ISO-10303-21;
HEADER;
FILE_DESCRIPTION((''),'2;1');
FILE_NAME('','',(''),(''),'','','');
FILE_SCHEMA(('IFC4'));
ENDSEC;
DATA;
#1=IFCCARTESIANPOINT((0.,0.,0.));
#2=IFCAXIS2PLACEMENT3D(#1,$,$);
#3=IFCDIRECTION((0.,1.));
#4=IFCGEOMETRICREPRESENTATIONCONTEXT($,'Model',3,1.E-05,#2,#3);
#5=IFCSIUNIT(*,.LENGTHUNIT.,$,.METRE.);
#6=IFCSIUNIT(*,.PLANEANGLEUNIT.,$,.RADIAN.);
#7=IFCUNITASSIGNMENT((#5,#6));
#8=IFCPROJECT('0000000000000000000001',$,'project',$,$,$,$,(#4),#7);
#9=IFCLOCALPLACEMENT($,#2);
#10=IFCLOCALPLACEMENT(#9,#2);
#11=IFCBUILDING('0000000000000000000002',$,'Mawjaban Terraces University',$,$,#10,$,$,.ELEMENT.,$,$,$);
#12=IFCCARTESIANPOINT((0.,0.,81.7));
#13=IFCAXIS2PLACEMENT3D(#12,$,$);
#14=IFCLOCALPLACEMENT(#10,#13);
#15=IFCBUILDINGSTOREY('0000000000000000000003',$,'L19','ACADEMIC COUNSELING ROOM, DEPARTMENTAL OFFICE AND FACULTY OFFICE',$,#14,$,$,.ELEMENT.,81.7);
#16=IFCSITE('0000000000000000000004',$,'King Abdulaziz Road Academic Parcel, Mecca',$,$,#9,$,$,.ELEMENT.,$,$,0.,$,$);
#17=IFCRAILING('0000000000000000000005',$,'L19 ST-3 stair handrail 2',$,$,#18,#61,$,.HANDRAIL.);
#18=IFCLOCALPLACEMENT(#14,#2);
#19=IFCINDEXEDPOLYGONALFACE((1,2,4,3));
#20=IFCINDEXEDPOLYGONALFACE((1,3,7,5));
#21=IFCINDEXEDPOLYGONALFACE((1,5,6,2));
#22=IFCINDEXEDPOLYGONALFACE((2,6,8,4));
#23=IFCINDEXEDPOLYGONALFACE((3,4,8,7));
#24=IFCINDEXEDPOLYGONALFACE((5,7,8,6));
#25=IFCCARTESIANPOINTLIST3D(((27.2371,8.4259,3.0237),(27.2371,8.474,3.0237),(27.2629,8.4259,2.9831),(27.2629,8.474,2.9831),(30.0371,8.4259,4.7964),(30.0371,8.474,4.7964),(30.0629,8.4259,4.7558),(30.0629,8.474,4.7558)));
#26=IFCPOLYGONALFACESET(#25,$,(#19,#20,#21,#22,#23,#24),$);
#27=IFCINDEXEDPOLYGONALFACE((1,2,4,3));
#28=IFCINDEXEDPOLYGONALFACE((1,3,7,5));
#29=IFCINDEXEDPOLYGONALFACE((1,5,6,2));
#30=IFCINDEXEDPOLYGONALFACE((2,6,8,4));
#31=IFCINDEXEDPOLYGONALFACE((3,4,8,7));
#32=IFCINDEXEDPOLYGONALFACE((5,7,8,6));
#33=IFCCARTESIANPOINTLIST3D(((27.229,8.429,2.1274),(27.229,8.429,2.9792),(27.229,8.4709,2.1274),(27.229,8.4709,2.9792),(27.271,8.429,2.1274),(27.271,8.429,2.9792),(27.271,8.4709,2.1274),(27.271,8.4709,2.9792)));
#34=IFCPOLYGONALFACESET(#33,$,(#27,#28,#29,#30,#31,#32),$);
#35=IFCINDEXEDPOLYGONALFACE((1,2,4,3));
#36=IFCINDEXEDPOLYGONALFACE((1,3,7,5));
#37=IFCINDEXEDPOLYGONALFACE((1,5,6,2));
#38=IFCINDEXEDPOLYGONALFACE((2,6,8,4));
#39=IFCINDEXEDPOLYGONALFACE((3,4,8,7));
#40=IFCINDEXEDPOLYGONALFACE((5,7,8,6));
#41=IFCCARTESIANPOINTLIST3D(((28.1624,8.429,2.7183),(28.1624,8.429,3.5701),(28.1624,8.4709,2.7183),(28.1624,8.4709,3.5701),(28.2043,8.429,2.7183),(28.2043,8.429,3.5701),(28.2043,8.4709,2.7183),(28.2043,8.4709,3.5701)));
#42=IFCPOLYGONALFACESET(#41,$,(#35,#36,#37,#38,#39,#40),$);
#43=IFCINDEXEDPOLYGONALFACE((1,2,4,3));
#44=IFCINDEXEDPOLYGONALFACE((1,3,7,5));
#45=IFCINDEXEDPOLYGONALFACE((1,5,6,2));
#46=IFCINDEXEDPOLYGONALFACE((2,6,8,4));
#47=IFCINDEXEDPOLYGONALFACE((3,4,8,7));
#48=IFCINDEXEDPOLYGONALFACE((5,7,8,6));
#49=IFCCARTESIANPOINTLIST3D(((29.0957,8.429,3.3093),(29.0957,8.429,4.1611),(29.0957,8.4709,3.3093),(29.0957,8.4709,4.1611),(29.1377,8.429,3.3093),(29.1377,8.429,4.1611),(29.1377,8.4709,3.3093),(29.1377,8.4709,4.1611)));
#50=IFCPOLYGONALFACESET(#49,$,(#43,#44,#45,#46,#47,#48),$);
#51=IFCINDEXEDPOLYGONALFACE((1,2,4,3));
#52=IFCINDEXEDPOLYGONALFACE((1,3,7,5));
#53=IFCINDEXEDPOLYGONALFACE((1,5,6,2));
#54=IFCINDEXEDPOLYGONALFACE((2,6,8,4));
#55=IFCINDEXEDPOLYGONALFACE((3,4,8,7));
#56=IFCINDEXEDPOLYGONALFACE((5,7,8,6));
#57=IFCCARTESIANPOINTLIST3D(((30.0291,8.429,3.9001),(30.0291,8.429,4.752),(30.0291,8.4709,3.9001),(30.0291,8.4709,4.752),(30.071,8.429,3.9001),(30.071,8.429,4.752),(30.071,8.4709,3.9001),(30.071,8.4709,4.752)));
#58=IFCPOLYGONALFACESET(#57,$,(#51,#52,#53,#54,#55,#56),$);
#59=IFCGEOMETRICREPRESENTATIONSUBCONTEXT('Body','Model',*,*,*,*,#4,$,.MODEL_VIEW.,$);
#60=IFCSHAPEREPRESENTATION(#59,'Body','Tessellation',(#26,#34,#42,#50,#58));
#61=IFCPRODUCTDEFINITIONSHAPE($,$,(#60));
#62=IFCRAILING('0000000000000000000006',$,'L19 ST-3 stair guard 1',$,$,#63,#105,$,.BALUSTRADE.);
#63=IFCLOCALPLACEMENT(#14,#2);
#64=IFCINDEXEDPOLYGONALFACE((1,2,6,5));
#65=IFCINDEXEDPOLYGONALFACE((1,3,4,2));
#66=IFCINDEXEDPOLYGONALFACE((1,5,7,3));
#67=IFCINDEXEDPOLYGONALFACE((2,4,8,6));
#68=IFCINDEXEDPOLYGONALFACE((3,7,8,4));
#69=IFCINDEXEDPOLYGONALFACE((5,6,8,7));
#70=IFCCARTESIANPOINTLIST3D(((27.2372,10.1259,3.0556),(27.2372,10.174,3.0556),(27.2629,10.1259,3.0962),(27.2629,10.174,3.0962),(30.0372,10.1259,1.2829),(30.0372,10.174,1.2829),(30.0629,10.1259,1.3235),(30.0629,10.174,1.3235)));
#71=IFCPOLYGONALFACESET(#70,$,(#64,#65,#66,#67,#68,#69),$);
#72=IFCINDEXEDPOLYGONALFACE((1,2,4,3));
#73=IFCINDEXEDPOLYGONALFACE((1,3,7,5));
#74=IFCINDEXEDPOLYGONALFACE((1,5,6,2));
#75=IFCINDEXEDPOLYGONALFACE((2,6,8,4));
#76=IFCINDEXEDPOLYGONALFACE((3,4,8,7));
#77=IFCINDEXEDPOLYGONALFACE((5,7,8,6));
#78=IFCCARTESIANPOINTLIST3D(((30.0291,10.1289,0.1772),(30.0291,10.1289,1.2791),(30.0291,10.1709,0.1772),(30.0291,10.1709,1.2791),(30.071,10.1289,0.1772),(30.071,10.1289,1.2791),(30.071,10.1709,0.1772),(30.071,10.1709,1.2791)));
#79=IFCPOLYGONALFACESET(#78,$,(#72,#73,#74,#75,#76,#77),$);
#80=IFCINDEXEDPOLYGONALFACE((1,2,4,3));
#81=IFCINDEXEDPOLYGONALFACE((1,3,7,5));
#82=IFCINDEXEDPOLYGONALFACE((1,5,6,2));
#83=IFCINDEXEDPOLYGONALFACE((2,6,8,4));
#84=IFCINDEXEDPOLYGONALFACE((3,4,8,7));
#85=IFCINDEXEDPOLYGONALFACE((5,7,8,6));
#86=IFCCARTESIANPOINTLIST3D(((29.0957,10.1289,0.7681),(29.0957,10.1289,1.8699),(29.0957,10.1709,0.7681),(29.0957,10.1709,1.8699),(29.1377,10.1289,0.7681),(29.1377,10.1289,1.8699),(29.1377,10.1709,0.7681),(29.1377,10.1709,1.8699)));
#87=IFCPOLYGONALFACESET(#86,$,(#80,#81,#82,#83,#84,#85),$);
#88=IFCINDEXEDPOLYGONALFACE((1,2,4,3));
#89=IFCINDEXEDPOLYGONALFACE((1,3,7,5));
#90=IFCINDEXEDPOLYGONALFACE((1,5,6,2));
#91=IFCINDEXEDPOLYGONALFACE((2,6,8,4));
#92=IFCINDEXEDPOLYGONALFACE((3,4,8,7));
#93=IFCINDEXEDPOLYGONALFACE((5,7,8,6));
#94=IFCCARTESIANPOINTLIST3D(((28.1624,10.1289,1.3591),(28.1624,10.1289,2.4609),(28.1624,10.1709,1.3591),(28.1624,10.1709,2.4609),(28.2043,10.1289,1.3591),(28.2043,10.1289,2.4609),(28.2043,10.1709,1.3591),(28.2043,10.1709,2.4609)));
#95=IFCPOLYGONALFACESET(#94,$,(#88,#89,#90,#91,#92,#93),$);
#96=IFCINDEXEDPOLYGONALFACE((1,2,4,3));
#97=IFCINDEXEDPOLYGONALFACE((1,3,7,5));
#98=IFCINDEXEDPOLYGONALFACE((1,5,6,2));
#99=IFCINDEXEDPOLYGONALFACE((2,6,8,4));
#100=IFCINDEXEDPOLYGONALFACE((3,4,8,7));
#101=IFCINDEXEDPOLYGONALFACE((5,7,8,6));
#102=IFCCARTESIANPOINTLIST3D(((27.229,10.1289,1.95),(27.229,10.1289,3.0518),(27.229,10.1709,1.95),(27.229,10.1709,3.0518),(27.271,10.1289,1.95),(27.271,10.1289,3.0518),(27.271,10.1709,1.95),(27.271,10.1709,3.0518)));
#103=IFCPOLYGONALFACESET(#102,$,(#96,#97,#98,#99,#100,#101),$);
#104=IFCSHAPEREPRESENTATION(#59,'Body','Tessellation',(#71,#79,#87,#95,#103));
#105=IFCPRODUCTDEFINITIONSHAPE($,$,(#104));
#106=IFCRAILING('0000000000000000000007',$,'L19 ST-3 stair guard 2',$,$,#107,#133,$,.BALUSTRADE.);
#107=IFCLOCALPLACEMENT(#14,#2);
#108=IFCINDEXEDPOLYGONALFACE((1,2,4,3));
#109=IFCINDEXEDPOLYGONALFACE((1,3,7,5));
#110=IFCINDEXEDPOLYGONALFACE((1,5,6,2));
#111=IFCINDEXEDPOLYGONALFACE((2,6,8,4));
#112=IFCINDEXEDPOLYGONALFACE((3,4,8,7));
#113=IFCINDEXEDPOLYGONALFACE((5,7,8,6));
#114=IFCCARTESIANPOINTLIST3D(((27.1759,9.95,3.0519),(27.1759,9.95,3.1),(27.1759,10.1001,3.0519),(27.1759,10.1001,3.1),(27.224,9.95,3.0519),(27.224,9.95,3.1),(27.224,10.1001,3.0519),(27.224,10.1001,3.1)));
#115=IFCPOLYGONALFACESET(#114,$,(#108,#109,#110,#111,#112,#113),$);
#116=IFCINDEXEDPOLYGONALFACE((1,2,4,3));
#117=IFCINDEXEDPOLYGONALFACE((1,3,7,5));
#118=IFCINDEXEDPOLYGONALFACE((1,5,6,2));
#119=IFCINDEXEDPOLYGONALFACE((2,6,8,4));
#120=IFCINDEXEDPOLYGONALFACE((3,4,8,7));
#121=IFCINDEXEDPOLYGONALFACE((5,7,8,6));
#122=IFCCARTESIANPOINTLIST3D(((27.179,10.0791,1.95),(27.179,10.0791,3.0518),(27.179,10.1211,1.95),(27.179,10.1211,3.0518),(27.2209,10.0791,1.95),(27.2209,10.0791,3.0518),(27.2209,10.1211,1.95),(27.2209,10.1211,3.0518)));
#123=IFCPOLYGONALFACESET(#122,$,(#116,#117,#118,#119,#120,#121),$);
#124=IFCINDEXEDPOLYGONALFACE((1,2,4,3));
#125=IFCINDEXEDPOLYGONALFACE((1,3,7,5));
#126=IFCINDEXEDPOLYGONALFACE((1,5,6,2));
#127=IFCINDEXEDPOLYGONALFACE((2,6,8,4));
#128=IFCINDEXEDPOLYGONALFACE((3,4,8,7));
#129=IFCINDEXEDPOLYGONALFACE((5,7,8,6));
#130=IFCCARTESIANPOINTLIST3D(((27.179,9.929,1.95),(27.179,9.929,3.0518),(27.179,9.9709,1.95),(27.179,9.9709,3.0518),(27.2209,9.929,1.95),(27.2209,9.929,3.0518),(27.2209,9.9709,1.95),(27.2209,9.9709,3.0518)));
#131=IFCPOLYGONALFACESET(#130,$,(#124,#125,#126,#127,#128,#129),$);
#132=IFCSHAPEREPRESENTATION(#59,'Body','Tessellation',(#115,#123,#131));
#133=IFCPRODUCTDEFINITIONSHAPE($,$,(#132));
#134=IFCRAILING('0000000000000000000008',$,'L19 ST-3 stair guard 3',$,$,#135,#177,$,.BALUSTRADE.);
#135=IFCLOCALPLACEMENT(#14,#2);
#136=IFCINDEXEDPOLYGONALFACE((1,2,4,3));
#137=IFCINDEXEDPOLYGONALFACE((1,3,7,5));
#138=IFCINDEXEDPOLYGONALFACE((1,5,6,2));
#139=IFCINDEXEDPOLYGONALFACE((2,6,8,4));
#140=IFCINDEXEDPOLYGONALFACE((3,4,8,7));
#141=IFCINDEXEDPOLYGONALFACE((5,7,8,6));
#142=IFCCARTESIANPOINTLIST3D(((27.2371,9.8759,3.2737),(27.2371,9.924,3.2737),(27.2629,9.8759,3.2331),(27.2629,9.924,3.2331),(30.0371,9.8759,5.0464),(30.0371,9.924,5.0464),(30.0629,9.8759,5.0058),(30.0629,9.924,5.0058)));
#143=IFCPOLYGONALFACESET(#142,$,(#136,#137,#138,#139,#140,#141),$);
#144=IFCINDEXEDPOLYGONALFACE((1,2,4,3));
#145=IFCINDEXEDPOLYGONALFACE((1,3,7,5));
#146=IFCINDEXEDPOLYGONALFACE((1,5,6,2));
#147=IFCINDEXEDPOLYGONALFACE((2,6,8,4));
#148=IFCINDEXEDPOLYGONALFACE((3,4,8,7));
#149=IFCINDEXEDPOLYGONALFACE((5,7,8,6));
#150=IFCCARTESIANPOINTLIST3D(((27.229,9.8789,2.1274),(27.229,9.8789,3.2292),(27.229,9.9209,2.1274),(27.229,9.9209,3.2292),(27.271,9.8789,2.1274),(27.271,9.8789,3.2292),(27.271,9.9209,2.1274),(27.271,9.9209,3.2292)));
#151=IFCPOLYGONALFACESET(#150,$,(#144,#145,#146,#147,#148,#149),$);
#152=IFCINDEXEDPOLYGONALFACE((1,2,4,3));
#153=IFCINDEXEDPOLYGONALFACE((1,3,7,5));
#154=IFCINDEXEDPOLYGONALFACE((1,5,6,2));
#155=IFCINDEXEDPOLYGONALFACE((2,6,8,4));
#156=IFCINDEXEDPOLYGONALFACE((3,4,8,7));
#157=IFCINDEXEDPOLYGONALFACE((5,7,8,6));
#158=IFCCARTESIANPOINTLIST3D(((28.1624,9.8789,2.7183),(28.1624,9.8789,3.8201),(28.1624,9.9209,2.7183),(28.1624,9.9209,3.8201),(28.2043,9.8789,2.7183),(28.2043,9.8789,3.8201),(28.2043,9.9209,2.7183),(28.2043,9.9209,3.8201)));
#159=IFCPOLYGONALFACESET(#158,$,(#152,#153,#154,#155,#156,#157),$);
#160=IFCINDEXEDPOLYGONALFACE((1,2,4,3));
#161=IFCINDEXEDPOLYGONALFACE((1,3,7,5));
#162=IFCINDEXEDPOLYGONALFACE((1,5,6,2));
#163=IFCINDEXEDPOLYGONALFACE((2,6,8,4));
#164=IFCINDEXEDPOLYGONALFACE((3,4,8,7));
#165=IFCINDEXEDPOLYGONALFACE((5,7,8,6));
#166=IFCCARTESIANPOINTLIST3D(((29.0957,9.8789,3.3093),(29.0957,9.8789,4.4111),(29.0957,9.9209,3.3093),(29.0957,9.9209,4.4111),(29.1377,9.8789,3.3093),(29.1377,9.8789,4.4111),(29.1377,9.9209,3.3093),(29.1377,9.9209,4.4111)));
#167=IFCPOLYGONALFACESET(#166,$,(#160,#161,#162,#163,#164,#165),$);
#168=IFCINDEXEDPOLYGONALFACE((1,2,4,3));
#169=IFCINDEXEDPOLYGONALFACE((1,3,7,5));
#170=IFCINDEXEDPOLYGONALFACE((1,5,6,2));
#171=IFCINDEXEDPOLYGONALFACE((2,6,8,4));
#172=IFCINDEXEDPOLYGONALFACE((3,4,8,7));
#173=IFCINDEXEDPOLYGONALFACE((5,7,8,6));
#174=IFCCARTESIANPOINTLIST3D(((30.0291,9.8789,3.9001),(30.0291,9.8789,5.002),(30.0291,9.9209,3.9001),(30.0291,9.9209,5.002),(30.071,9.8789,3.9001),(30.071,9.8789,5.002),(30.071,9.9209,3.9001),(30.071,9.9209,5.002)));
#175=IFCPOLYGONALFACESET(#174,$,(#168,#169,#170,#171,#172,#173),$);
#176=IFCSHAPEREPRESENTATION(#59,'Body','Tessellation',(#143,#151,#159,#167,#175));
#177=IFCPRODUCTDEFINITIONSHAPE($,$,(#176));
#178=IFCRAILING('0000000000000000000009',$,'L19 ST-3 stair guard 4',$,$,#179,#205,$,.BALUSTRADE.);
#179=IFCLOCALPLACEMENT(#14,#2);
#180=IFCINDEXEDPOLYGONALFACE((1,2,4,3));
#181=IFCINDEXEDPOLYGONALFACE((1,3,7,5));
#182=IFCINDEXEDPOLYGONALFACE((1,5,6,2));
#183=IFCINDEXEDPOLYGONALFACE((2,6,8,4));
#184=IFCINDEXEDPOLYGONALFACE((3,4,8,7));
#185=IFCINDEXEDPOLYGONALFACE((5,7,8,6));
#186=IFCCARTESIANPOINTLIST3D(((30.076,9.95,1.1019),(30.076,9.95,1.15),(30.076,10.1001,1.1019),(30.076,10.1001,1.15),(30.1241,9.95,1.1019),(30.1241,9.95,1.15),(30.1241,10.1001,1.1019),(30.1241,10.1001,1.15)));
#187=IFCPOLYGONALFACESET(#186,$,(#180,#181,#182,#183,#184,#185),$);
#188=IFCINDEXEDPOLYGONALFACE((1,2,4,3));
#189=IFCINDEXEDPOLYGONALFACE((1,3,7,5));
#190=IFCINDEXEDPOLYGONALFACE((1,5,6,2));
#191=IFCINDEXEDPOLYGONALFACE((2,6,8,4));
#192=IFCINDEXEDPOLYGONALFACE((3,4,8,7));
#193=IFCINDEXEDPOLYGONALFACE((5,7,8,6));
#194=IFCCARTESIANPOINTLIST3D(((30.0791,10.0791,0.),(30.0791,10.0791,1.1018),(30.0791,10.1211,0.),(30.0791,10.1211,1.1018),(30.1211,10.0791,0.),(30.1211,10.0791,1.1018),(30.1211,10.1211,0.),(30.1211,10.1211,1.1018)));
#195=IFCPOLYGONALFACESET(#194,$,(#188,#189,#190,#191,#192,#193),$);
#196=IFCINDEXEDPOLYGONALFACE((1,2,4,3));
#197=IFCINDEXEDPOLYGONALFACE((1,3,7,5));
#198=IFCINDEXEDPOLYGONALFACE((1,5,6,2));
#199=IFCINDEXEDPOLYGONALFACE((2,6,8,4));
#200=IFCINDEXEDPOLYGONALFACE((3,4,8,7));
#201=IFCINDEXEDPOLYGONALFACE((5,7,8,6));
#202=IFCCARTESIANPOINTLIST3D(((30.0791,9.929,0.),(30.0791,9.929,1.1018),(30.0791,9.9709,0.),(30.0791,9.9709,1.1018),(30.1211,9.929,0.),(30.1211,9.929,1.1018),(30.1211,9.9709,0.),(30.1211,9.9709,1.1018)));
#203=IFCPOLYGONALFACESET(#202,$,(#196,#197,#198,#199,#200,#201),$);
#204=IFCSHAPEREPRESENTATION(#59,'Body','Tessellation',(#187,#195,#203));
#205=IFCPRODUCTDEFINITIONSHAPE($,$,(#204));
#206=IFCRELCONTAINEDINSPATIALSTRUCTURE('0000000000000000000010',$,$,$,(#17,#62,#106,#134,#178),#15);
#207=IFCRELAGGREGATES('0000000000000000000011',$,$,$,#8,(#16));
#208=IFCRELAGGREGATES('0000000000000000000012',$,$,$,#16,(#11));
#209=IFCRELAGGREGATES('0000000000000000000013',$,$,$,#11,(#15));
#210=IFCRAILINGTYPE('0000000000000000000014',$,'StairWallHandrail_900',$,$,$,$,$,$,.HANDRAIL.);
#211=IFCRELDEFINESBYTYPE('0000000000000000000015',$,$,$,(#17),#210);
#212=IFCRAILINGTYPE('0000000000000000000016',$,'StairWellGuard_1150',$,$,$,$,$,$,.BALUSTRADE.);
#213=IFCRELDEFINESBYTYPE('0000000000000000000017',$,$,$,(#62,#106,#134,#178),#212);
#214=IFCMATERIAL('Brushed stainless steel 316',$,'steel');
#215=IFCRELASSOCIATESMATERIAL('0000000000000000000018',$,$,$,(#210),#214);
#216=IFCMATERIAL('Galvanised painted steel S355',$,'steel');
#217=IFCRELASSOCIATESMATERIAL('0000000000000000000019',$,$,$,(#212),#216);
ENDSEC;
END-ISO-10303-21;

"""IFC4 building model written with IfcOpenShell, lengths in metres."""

from ifc_helpers import new_model, si_unit, direction, frame, origin, origin_2d, place, context, subcontext, project, spatial, rectangle, extrude, material, type_object, element, save


model = new_model("IFC4")

# Units and contexts
model_context = context("Model", 3, precision=1e-05, world=origin(), true_north=direction((0.0, 1.0)))
body_context = subcontext(model_context, "Body", "Model", "MODEL_VIEW")
ifc_project = project(units=[si_unit("LENGTHUNIT", "METRE"), si_unit("PLANEANGLEUNIT", "RADIAN")], contexts=[model_context])

# Site, building, storey
site_placement = place(None, origin())
site = spatial("IfcSite", under=ifc_project, at=site_placement, Name="King Abdulaziz Road Academic Parcel, Mecca", CompositionType="ELEMENT", RefElevation=0.0)
building_placement = place(site_placement, origin())
building = spatial("IfcBuilding", under=site, at=building_placement, Name="Mawjaban Terraces University", CompositionType="ELEMENT")
storey_placement = place(building_placement, frame((0.0, 0.0, 81.7)))
storey = spatial("IfcBuildingStorey", under=building, at=storey_placement, Name="L19", Description="ACADEMIC COUNSELING ROOM, DEPARTMENTAL OFFICE AND FACULTY OFFICE", CompositionType="ELEMENT", Elevation=81.7)

# Railings
ifc_material_1 = material(Name="Brushed stainless steel 316", Category="steel")
railing_type_1 = type_object("IfcRailingType", Name="StairWallHandrail_900", PredefinedType="HANDRAIL", material=ifc_material_1)
railing_1_placement = place(storey_placement, frame((27.25, 8.45, 2.1274)))
element("IfcRailing", 1, at=railing_1_placement, inside=storey, type_object=railing_type_1, Name="L19 ST-3 stair handrail 2", PredefinedType="HANDRAIL", context=body_context, shape_type="SweptSolid", body=[
    extrude(rectangle(XDim=0.0481, YDim=0.0481, at=origin_2d()), frame((0.0, 0.0, 0.876), z_axis=(0.844909, 0.0, 0.53491), x_axis=(0.0, 1.0, 0.0)), (0.0, 0.0, 1.0), 3.314),
    extrude(rectangle(XDim=0.042, YDim=0.042, at=origin_2d()), origin(), (0.0, 0.0, 1.0), 0.8518),
    extrude(rectangle(XDim=0.042, YDim=0.042, at=origin_2d()), frame((0.9333, 0.0, 0.5908)), (0.0, 0.0, 1.0), 0.8518),
    extrude(rectangle(XDim=0.042, YDim=0.042, at=origin_2d()), frame((1.8667, 0.0, 1.1819)), (0.0, 0.0, 1.0), 0.8518),
    extrude(rectangle(XDim=0.042, YDim=0.042, at=origin_2d()), frame((2.8, 0.0, 1.7727)), (0.0, 0.0, 1.0), 0.8518),
])
ifc_material_2 = material(Name="Galvanised painted steel S355", Category="steel")
railing_type_2 = type_object("IfcRailingType", Name="StairWellGuard_1150", PredefinedType="BALUSTRADE", material=ifc_material_2)
railing_2_placement = place(storey_placement, frame((30.05, 10.1499, 0.1772)))
element("IfcRailing", 2, at=railing_2_placement, inside=storey, type_object=railing_type_2, Name="L19 ST-3 stair guard 1", PredefinedType="BALUSTRADE", context=body_context, shape_type="SweptSolid", body=[
    extrude(rectangle(XDim=0.0481, YDim=0.0481, at=origin_2d()), frame((0.0, 0.0, 1.126), z_axis=(-0.844909, 0.0, 0.53491), x_axis=(0.0, -1.0, 0.0)), (0.0, 0.0, 1.0), 3.314),
    extrude(rectangle(XDim=0.042, YDim=0.042, at=origin_2d()), origin(), (0.0, 0.0, 1.0), 1.1018),
    extrude(rectangle(XDim=0.042, YDim=0.042, at=origin_2d()), frame((-0.9333, 0.0, 0.5908)), (0.0, 0.0, 1.0), 1.1018),
    extrude(rectangle(XDim=0.042, YDim=0.042, at=origin_2d()), frame((-1.8667, 0.0, 1.1819)), (0.0, 0.0, 1.0), 1.1018),
    extrude(rectangle(XDim=0.042, YDim=0.042, at=origin_2d()), frame((-2.8, 0.0, 1.7727)), (0.0, 0.0, 1.0), 1.1018),
])
railing_3_placement = place(storey_placement, frame((27.2, 10.1001, 1.95)))
element("IfcRailing", 3, at=railing_3_placement, inside=storey, type_object=railing_type_2, Name="L19 ST-3 stair guard 2", PredefinedType="BALUSTRADE", context=body_context, shape_type="SweptSolid", body=[
    extrude(rectangle(XDim=0.0481, YDim=0.0481, at=origin_2d()), frame((0.0, 0.0, 1.126), z_axis=(0.0, -1.0, 0.0), x_axis=(1.0, 0.0, 0.0)), (0.0, 0.0, 1.0), 0.1501),
    extrude(rectangle(XDim=0.042, YDim=0.042, at=origin_2d()), origin(), (0.0, 0.0, 1.0), 1.1018),
    extrude(rectangle(XDim=0.042, YDim=0.042, at=origin_2d()), frame((0.0, -0.1501, 0.0)), (0.0, 0.0, 1.0), 1.1018),
])
railing_4_placement = place(storey_placement, frame((27.25, 9.8999, 2.1274)))
element("IfcRailing", 4, at=railing_4_placement, inside=storey, type_object=railing_type_2, Name="L19 ST-3 stair guard 3", PredefinedType="BALUSTRADE", context=body_context, shape_type="SweptSolid", body=[
    extrude(rectangle(XDim=0.0481, YDim=0.0481, at=origin_2d()), frame((0.0, 0.0, 1.126), z_axis=(0.844909, 0.0, 0.53491), x_axis=(0.0, 1.0, 0.0)), (0.0, 0.0, 1.0), 3.314),
    extrude(rectangle(XDim=0.042, YDim=0.042, at=origin_2d()), origin(), (0.0, 0.0, 1.0), 1.1018),
    extrude(rectangle(XDim=0.042, YDim=0.042, at=origin_2d()), frame((0.9333, 0.0, 0.5908)), (0.0, 0.0, 1.0), 1.1018),
    extrude(rectangle(XDim=0.042, YDim=0.042, at=origin_2d()), frame((1.8667, 0.0, 1.1819)), (0.0, 0.0, 1.0), 1.1018),
    extrude(rectangle(XDim=0.042, YDim=0.042, at=origin_2d()), frame((2.8, 0.0, 1.7727)), (0.0, 0.0, 1.0), 1.1018),
])
railing_5_placement = place(storey_placement, frame((30.1001, 10.1001, 0.0)))
element("IfcRailing", 5, at=railing_5_placement, inside=storey, type_object=railing_type_2, Name="L19 ST-3 stair guard 4", PredefinedType="BALUSTRADE", context=body_context, shape_type="SweptSolid", body=[
    extrude(rectangle(XDim=0.0481, YDim=0.0481, at=origin_2d()), frame((0.0, 0.0, 1.126), z_axis=(0.0, -1.0, 0.0), x_axis=(1.0, 0.0, 0.0)), (0.0, 0.0, 1.0), 0.1501),
    extrude(rectangle(XDim=0.042, YDim=0.042, at=origin_2d()), origin(), (0.0, 0.0, 1.0), 1.1018),
    extrude(rectangle(XDim=0.042, YDim=0.042, at=origin_2d()), frame((0.0, -0.1501, 0.0)), (0.0, 0.0, 1.0), 1.1018),
])

save(model, "model.ifc")
